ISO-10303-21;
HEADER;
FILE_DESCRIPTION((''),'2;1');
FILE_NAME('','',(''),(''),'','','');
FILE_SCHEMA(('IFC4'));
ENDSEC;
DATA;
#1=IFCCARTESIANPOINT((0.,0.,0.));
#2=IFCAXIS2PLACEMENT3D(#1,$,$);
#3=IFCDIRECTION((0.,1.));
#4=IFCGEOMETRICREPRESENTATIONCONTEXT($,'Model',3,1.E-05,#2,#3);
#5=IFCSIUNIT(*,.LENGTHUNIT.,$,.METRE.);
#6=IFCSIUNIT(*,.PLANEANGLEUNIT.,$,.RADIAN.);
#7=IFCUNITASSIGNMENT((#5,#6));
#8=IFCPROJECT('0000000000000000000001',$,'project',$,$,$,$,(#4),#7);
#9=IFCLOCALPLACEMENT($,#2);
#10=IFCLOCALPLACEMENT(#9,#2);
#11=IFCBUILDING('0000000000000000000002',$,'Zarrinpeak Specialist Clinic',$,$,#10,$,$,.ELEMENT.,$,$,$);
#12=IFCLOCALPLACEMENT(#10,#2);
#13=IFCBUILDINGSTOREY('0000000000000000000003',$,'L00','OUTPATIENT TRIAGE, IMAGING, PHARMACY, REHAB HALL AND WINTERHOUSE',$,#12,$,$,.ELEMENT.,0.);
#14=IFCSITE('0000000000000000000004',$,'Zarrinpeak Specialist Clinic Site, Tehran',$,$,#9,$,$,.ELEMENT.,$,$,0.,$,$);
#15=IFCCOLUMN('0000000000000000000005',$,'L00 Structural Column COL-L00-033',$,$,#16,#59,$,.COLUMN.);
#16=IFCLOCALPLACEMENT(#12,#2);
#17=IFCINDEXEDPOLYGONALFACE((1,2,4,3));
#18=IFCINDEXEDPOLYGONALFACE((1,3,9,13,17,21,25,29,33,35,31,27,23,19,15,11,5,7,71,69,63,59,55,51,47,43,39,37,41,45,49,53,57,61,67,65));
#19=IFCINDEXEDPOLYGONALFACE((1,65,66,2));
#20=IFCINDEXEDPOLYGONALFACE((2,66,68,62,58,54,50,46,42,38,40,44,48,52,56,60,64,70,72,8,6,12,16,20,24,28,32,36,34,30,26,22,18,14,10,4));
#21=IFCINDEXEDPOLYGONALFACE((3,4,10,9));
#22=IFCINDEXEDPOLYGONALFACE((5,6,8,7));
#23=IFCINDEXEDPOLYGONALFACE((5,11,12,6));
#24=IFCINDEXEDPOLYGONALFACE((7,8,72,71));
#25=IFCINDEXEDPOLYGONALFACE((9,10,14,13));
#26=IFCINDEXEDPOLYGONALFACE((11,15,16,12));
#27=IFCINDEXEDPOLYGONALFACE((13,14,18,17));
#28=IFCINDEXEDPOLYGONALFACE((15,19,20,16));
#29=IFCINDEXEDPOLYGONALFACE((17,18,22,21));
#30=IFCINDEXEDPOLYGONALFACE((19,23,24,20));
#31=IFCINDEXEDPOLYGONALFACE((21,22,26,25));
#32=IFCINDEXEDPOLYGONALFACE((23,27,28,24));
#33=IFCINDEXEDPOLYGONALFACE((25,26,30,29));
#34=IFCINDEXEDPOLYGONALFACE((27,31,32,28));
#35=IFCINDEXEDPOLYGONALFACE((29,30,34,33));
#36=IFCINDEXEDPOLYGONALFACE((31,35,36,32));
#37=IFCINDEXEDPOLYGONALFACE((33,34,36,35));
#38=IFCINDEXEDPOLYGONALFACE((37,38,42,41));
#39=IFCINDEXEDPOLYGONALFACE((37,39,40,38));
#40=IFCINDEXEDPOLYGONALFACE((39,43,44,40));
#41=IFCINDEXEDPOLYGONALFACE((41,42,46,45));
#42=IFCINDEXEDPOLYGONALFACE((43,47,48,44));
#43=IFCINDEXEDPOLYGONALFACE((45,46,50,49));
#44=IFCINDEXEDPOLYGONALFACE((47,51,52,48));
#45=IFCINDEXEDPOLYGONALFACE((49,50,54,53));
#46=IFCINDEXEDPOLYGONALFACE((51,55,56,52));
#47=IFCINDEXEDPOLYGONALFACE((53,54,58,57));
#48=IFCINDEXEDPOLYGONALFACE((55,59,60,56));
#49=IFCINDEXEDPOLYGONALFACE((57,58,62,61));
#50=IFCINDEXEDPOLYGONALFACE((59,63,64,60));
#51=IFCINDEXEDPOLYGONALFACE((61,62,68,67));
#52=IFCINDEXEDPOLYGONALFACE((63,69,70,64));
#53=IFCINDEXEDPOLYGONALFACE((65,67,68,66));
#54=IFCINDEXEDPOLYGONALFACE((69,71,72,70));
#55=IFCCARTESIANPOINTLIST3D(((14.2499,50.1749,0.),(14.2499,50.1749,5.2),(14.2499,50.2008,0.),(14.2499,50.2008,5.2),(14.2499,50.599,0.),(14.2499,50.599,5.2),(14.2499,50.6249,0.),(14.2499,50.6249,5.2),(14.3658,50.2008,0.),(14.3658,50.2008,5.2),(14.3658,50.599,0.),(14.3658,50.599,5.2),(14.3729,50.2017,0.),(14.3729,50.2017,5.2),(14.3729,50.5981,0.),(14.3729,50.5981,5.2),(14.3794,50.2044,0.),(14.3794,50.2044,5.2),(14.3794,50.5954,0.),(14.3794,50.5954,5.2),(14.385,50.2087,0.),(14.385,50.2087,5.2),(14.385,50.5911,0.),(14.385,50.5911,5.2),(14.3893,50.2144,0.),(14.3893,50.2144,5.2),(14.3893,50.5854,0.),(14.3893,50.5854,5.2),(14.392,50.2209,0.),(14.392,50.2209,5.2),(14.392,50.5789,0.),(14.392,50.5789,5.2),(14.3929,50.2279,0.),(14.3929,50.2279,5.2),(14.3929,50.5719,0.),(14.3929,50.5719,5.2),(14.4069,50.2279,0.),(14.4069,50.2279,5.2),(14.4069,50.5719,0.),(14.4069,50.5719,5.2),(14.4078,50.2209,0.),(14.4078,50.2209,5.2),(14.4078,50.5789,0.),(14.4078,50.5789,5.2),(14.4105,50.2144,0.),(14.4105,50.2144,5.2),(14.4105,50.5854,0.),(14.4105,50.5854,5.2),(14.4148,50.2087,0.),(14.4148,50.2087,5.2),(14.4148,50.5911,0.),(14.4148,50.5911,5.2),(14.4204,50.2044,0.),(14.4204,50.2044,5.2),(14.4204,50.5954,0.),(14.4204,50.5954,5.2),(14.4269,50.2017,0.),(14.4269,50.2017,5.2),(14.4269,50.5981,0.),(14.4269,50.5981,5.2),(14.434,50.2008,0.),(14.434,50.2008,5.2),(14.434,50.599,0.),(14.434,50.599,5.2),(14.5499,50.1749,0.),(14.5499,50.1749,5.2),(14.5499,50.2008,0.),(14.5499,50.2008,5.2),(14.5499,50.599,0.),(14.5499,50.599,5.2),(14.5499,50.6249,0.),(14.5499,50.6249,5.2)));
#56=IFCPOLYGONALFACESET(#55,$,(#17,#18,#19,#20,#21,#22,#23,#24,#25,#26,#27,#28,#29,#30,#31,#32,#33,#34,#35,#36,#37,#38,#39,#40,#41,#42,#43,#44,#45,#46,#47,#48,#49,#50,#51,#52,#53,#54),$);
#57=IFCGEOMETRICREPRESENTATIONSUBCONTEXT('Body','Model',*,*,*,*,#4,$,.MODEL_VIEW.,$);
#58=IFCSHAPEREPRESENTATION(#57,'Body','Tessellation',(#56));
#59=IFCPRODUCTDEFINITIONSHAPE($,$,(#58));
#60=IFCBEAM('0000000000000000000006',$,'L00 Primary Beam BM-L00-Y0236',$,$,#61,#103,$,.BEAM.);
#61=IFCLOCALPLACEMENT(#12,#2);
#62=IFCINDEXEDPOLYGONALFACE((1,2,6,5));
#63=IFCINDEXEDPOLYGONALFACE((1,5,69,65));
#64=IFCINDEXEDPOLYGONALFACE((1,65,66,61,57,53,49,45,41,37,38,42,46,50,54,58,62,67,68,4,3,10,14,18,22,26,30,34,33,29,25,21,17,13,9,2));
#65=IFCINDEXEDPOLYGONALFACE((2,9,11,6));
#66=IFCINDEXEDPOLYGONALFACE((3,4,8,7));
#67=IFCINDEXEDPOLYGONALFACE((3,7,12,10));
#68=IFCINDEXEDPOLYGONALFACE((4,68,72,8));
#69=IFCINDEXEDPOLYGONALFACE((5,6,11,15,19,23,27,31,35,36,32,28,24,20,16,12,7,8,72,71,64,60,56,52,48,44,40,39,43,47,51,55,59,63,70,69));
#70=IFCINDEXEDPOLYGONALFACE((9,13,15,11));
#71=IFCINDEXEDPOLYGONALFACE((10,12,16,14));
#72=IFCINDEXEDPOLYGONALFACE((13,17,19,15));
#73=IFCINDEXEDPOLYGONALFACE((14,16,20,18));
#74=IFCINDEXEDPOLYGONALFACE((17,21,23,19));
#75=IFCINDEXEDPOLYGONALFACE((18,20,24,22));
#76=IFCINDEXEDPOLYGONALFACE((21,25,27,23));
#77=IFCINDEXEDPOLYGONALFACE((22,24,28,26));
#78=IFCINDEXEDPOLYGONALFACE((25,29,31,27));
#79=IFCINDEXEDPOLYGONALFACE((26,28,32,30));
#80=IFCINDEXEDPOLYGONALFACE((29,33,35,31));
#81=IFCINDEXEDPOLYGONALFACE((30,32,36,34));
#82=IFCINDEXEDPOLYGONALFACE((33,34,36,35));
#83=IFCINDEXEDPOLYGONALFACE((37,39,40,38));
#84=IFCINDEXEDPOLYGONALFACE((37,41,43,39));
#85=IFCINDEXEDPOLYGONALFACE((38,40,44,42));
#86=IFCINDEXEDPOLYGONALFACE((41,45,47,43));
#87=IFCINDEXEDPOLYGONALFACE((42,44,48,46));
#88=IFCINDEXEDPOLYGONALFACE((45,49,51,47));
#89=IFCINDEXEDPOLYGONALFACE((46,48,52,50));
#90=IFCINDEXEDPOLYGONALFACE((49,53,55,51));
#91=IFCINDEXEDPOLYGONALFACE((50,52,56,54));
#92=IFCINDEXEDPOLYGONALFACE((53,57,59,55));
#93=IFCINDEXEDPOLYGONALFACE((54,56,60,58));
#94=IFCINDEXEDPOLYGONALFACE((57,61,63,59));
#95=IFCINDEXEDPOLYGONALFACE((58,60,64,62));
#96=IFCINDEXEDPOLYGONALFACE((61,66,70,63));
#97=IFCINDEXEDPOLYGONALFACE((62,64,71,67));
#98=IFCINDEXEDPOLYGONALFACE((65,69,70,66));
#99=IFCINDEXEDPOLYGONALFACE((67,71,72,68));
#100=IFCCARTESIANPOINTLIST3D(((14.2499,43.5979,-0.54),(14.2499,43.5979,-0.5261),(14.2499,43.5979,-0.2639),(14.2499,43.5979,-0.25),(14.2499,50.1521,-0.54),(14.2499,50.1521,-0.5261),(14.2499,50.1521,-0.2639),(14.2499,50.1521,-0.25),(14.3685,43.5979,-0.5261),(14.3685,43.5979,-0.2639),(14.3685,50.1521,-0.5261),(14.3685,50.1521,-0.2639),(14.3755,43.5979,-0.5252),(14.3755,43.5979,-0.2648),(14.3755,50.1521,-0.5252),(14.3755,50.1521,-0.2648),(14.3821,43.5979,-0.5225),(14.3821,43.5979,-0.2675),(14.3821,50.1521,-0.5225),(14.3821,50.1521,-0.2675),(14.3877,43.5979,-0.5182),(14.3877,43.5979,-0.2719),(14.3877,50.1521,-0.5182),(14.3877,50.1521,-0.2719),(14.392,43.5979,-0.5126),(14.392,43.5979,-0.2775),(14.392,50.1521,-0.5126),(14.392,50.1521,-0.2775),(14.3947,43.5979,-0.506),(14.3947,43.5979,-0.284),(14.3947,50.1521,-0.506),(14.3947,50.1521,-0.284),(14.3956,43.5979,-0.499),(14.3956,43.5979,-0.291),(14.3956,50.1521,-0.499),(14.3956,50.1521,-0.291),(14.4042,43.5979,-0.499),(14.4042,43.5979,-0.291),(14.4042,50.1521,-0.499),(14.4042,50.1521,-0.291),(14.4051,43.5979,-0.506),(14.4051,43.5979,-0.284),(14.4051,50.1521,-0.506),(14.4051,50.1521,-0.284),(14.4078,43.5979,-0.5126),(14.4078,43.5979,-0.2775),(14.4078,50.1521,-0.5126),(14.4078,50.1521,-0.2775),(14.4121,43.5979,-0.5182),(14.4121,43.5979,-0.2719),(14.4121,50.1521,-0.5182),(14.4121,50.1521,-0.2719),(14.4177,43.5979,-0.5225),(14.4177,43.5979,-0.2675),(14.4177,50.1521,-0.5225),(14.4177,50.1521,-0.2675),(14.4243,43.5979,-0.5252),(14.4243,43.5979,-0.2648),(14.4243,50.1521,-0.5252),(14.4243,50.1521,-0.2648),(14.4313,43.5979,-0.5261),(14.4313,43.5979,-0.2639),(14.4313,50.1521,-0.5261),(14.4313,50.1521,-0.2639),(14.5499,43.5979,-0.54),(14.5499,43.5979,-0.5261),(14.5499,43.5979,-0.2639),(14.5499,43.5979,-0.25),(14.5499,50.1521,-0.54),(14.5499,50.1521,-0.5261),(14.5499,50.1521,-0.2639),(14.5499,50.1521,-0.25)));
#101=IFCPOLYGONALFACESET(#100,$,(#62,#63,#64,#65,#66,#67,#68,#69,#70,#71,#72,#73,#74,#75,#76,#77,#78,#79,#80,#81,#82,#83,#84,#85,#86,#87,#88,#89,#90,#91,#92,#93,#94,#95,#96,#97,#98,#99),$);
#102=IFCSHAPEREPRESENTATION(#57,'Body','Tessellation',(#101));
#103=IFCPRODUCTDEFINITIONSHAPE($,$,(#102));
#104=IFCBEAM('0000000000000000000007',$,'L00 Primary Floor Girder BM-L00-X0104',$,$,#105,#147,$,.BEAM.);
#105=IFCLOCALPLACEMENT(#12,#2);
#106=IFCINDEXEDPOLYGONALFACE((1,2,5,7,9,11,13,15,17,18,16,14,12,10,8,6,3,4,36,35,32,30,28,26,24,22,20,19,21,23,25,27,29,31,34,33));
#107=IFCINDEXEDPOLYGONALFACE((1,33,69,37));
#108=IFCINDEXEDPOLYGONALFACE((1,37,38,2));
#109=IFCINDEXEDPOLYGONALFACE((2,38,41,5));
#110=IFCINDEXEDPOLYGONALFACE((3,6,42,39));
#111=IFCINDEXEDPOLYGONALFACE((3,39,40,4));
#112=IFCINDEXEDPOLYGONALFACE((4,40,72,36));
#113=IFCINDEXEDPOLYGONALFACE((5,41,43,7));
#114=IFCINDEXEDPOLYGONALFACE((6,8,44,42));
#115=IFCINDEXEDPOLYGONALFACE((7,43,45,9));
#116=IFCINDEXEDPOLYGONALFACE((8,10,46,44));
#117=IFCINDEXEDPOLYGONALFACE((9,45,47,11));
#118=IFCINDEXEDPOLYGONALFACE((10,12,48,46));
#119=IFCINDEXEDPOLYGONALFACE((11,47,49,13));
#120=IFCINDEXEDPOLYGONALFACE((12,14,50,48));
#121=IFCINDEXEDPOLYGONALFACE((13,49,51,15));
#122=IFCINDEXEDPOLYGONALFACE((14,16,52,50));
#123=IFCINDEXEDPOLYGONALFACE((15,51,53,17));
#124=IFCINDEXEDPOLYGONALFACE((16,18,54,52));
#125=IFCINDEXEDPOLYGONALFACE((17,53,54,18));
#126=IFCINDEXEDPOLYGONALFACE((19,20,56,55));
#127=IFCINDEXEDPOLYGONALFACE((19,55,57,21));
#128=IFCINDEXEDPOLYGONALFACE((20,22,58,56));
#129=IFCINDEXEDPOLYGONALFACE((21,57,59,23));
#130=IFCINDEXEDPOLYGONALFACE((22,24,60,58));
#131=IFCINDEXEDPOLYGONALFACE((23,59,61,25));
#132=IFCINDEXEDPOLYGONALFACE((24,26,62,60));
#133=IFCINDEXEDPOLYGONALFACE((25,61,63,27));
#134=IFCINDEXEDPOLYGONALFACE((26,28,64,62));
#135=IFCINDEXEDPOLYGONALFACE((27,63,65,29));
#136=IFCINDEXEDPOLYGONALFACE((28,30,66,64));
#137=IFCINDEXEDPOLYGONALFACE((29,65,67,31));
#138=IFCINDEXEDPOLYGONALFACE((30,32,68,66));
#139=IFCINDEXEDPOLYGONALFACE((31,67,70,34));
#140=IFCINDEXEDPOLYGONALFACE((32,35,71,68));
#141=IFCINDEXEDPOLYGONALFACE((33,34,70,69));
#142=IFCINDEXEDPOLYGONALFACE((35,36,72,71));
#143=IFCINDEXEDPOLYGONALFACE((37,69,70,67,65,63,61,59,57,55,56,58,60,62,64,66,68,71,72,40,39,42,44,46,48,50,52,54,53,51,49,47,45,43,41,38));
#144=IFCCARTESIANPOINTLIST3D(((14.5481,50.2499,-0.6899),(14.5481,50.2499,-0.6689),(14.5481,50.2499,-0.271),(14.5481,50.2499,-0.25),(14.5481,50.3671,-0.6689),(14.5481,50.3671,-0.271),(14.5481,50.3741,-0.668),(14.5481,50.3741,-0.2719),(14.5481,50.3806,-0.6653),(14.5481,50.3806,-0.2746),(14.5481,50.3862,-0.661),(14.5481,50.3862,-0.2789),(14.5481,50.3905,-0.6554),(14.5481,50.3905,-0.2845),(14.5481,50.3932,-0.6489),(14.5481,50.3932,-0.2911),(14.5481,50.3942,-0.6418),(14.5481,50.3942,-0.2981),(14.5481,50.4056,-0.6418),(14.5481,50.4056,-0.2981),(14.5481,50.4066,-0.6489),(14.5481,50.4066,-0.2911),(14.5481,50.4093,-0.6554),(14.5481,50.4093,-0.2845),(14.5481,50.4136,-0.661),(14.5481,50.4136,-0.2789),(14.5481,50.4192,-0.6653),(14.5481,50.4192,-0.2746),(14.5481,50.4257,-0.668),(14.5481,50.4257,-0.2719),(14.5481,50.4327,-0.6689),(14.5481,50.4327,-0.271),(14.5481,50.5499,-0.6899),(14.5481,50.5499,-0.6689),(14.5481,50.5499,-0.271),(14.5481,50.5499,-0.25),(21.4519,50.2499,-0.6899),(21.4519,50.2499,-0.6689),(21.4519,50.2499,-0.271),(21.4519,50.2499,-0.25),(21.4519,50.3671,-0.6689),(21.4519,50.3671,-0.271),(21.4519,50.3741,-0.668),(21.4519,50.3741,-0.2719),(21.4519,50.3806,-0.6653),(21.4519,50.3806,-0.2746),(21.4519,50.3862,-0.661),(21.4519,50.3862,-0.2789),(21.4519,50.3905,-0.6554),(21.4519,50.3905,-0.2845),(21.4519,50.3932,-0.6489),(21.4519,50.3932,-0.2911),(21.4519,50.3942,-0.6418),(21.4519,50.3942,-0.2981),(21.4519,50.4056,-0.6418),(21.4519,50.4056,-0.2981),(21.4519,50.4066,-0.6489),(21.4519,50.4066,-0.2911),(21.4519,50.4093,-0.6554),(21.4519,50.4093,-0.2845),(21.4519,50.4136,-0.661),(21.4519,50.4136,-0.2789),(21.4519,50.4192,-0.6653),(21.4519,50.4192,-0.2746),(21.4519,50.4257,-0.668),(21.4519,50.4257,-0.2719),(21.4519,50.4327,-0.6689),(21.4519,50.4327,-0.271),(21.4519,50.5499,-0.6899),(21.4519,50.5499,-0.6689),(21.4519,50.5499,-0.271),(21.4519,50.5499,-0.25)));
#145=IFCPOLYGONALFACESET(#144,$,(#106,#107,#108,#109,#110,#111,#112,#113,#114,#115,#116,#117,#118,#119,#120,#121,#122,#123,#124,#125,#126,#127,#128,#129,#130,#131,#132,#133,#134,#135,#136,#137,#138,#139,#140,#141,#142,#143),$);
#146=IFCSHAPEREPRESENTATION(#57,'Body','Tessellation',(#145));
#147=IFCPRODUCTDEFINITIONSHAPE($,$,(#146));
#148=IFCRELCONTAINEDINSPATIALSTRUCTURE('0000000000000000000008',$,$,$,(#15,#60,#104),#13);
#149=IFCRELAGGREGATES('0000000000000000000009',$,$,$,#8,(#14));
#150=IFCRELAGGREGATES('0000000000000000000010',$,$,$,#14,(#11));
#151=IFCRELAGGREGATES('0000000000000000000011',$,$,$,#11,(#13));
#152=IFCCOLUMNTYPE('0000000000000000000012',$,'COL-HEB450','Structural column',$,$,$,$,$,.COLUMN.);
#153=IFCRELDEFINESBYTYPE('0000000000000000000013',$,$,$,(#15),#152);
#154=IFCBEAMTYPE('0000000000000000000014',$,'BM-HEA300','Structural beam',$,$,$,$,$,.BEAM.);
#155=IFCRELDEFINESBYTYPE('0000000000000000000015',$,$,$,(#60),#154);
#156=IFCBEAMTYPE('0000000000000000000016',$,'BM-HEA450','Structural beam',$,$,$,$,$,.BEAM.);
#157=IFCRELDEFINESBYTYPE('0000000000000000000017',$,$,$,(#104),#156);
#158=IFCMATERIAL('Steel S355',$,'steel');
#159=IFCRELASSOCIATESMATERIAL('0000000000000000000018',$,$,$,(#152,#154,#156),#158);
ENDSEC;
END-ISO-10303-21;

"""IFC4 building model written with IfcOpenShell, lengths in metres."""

from ifc_helpers import new_model, si_unit, direction, frame, origin, origin_2d, place, context, subcontext, project, spatial, i_section, extrude, material, material_profile, profile_set, type_object, element, save


model = new_model("IFC4")

# Units and contexts
model_context = context("Model", 3, precision=1e-05, world=origin(), true_north=direction((0.0, 1.0)))
body_context = subcontext(model_context, "Body", "Model", "MODEL_VIEW")
ifc_project = project(units=[si_unit("LENGTHUNIT", "METRE"), si_unit("PLANEANGLEUNIT", "RADIAN")], contexts=[model_context])

# Site, building, storey
site_placement = place(None, origin())
site = spatial("IfcSite", under=ifc_project, at=site_placement, Name="Zarrinpeak Specialist Clinic Site, Tehran", CompositionType="ELEMENT", RefElevation=0.0)
building_placement = place(site_placement, origin())
building = spatial("IfcBuilding", under=site, at=building_placement, Name="Zarrinpeak Specialist Clinic", CompositionType="ELEMENT")
storey_placement = place(building_placement, origin())
storey = spatial("IfcBuildingStorey", under=building, at=storey_placement, Name="L00", Description="OUTPATIENT TRIAGE, IMAGING, PHARMACY, REHAB HALL AND WINTERHOUSE", CompositionType="ELEMENT", Elevation=0.0)

# Column
ifc_material_1 = material(Name="Steel S355", Category="steel")
ifc_material_profile_1 = material_profile(ifc_material_1, i_section(OverallWidth=0.3, OverallDepth=0.45, WebThickness=0.0139, FlangeThickness=0.0259, FilletRadius=0.0271, at=origin_2d()), Name="HEB 450")
ifc_profile_set_1 = profile_set([ifc_material_profile_1], Name="Steel S355")
column_type = type_object("IfcColumnType", Name="COL-HEB450", Description="Structural column", PredefinedType="COLUMN", material=ifc_profile_set_1)
column_placement = place(storey_placement, frame((14.3999, 50.3999, 0.0), z_axis=(0.0, 0.0, 1.0), x_axis=(1.0, 0.0, 0.0)))
element("IfcColumn", 1, at=column_placement, inside=storey, type_object=column_type, Name="L00 Structural Column COL-L00-033", PredefinedType="COLUMN", context=body_context, shape_type="SweptSolid", body=[
    extrude(i_section(OverallWidth=0.3, OverallDepth=0.45, WebThickness=0.0139, FlangeThickness=0.0259, FilletRadius=0.0271, at=origin_2d()), origin(), (0.0, 0.0, 1.0), 5.2),
])

# Beams
ifc_material_profile_2 = material_profile(ifc_material_1, i_section(OverallWidth=0.3, OverallDepth=0.29, WebThickness=0.0085, FlangeThickness=0.0139, FilletRadius=0.0271, at=origin_2d()), Name="HEA 300")
ifc_profile_set_2 = profile_set([ifc_material_profile_2], Name="Steel S355")
beam_type_1 = type_object("IfcBeamType", Name="BM-HEA300", Description="Structural beam", PredefinedType="BEAM", material=ifc_profile_set_2)
beam_1_placement = place(storey_placement, frame((14.3999, 43.5979, -0.395), z_axis=(0.0, 1.0, 0.0), x_axis=(-1.0, 0.0, 0.0)))
element("IfcBeam", 2, at=beam_1_placement, inside=storey, type_object=beam_type_1, Name="L00 Primary Beam BM-L00-Y0236", PredefinedType="BEAM", context=body_context, shape_type="SweptSolid", body=[
    extrude(i_section(OverallWidth=0.3, OverallDepth=0.29, WebThickness=0.0085, FlangeThickness=0.0139, FilletRadius=0.0271, at=origin_2d()), origin(), (0.0, 0.0, 1.0), 6.5542),
])
ifc_material_profile_3 = material_profile(ifc_material_1, i_section(OverallWidth=0.3, OverallDepth=0.4399, WebThickness=0.0115, FlangeThickness=0.021, FilletRadius=0.0271, at=origin_2d()), Name="HEA 450")
ifc_profile_set_3 = profile_set([ifc_material_profile_3], Name="Steel S355")
beam_type_2 = type_object("IfcBeamType", Name="BM-HEA450", Description="Structural beam", PredefinedType="BEAM", material=ifc_profile_set_3)
beam_2_placement = place(storey_placement, frame((14.5481, 50.3999, -0.47), z_axis=(1.0, 0.0, 0.0), x_axis=(0.0, 1.0, 0.0)))
element("IfcBeam", 3, at=beam_2_placement, inside=storey, type_object=beam_type_2, Name="L00 Primary Floor Girder BM-L00-X0104", PredefinedType="BEAM", context=body_context, shape_type="SweptSolid", body=[
    extrude(i_section(OverallWidth=0.3, OverallDepth=0.4399, WebThickness=0.0115, FlangeThickness=0.021, FilletRadius=0.0271, at=origin_2d()), origin(), (0.0, 0.0, 1.0), 6.9038),
])

save(model, "model.ifc")
